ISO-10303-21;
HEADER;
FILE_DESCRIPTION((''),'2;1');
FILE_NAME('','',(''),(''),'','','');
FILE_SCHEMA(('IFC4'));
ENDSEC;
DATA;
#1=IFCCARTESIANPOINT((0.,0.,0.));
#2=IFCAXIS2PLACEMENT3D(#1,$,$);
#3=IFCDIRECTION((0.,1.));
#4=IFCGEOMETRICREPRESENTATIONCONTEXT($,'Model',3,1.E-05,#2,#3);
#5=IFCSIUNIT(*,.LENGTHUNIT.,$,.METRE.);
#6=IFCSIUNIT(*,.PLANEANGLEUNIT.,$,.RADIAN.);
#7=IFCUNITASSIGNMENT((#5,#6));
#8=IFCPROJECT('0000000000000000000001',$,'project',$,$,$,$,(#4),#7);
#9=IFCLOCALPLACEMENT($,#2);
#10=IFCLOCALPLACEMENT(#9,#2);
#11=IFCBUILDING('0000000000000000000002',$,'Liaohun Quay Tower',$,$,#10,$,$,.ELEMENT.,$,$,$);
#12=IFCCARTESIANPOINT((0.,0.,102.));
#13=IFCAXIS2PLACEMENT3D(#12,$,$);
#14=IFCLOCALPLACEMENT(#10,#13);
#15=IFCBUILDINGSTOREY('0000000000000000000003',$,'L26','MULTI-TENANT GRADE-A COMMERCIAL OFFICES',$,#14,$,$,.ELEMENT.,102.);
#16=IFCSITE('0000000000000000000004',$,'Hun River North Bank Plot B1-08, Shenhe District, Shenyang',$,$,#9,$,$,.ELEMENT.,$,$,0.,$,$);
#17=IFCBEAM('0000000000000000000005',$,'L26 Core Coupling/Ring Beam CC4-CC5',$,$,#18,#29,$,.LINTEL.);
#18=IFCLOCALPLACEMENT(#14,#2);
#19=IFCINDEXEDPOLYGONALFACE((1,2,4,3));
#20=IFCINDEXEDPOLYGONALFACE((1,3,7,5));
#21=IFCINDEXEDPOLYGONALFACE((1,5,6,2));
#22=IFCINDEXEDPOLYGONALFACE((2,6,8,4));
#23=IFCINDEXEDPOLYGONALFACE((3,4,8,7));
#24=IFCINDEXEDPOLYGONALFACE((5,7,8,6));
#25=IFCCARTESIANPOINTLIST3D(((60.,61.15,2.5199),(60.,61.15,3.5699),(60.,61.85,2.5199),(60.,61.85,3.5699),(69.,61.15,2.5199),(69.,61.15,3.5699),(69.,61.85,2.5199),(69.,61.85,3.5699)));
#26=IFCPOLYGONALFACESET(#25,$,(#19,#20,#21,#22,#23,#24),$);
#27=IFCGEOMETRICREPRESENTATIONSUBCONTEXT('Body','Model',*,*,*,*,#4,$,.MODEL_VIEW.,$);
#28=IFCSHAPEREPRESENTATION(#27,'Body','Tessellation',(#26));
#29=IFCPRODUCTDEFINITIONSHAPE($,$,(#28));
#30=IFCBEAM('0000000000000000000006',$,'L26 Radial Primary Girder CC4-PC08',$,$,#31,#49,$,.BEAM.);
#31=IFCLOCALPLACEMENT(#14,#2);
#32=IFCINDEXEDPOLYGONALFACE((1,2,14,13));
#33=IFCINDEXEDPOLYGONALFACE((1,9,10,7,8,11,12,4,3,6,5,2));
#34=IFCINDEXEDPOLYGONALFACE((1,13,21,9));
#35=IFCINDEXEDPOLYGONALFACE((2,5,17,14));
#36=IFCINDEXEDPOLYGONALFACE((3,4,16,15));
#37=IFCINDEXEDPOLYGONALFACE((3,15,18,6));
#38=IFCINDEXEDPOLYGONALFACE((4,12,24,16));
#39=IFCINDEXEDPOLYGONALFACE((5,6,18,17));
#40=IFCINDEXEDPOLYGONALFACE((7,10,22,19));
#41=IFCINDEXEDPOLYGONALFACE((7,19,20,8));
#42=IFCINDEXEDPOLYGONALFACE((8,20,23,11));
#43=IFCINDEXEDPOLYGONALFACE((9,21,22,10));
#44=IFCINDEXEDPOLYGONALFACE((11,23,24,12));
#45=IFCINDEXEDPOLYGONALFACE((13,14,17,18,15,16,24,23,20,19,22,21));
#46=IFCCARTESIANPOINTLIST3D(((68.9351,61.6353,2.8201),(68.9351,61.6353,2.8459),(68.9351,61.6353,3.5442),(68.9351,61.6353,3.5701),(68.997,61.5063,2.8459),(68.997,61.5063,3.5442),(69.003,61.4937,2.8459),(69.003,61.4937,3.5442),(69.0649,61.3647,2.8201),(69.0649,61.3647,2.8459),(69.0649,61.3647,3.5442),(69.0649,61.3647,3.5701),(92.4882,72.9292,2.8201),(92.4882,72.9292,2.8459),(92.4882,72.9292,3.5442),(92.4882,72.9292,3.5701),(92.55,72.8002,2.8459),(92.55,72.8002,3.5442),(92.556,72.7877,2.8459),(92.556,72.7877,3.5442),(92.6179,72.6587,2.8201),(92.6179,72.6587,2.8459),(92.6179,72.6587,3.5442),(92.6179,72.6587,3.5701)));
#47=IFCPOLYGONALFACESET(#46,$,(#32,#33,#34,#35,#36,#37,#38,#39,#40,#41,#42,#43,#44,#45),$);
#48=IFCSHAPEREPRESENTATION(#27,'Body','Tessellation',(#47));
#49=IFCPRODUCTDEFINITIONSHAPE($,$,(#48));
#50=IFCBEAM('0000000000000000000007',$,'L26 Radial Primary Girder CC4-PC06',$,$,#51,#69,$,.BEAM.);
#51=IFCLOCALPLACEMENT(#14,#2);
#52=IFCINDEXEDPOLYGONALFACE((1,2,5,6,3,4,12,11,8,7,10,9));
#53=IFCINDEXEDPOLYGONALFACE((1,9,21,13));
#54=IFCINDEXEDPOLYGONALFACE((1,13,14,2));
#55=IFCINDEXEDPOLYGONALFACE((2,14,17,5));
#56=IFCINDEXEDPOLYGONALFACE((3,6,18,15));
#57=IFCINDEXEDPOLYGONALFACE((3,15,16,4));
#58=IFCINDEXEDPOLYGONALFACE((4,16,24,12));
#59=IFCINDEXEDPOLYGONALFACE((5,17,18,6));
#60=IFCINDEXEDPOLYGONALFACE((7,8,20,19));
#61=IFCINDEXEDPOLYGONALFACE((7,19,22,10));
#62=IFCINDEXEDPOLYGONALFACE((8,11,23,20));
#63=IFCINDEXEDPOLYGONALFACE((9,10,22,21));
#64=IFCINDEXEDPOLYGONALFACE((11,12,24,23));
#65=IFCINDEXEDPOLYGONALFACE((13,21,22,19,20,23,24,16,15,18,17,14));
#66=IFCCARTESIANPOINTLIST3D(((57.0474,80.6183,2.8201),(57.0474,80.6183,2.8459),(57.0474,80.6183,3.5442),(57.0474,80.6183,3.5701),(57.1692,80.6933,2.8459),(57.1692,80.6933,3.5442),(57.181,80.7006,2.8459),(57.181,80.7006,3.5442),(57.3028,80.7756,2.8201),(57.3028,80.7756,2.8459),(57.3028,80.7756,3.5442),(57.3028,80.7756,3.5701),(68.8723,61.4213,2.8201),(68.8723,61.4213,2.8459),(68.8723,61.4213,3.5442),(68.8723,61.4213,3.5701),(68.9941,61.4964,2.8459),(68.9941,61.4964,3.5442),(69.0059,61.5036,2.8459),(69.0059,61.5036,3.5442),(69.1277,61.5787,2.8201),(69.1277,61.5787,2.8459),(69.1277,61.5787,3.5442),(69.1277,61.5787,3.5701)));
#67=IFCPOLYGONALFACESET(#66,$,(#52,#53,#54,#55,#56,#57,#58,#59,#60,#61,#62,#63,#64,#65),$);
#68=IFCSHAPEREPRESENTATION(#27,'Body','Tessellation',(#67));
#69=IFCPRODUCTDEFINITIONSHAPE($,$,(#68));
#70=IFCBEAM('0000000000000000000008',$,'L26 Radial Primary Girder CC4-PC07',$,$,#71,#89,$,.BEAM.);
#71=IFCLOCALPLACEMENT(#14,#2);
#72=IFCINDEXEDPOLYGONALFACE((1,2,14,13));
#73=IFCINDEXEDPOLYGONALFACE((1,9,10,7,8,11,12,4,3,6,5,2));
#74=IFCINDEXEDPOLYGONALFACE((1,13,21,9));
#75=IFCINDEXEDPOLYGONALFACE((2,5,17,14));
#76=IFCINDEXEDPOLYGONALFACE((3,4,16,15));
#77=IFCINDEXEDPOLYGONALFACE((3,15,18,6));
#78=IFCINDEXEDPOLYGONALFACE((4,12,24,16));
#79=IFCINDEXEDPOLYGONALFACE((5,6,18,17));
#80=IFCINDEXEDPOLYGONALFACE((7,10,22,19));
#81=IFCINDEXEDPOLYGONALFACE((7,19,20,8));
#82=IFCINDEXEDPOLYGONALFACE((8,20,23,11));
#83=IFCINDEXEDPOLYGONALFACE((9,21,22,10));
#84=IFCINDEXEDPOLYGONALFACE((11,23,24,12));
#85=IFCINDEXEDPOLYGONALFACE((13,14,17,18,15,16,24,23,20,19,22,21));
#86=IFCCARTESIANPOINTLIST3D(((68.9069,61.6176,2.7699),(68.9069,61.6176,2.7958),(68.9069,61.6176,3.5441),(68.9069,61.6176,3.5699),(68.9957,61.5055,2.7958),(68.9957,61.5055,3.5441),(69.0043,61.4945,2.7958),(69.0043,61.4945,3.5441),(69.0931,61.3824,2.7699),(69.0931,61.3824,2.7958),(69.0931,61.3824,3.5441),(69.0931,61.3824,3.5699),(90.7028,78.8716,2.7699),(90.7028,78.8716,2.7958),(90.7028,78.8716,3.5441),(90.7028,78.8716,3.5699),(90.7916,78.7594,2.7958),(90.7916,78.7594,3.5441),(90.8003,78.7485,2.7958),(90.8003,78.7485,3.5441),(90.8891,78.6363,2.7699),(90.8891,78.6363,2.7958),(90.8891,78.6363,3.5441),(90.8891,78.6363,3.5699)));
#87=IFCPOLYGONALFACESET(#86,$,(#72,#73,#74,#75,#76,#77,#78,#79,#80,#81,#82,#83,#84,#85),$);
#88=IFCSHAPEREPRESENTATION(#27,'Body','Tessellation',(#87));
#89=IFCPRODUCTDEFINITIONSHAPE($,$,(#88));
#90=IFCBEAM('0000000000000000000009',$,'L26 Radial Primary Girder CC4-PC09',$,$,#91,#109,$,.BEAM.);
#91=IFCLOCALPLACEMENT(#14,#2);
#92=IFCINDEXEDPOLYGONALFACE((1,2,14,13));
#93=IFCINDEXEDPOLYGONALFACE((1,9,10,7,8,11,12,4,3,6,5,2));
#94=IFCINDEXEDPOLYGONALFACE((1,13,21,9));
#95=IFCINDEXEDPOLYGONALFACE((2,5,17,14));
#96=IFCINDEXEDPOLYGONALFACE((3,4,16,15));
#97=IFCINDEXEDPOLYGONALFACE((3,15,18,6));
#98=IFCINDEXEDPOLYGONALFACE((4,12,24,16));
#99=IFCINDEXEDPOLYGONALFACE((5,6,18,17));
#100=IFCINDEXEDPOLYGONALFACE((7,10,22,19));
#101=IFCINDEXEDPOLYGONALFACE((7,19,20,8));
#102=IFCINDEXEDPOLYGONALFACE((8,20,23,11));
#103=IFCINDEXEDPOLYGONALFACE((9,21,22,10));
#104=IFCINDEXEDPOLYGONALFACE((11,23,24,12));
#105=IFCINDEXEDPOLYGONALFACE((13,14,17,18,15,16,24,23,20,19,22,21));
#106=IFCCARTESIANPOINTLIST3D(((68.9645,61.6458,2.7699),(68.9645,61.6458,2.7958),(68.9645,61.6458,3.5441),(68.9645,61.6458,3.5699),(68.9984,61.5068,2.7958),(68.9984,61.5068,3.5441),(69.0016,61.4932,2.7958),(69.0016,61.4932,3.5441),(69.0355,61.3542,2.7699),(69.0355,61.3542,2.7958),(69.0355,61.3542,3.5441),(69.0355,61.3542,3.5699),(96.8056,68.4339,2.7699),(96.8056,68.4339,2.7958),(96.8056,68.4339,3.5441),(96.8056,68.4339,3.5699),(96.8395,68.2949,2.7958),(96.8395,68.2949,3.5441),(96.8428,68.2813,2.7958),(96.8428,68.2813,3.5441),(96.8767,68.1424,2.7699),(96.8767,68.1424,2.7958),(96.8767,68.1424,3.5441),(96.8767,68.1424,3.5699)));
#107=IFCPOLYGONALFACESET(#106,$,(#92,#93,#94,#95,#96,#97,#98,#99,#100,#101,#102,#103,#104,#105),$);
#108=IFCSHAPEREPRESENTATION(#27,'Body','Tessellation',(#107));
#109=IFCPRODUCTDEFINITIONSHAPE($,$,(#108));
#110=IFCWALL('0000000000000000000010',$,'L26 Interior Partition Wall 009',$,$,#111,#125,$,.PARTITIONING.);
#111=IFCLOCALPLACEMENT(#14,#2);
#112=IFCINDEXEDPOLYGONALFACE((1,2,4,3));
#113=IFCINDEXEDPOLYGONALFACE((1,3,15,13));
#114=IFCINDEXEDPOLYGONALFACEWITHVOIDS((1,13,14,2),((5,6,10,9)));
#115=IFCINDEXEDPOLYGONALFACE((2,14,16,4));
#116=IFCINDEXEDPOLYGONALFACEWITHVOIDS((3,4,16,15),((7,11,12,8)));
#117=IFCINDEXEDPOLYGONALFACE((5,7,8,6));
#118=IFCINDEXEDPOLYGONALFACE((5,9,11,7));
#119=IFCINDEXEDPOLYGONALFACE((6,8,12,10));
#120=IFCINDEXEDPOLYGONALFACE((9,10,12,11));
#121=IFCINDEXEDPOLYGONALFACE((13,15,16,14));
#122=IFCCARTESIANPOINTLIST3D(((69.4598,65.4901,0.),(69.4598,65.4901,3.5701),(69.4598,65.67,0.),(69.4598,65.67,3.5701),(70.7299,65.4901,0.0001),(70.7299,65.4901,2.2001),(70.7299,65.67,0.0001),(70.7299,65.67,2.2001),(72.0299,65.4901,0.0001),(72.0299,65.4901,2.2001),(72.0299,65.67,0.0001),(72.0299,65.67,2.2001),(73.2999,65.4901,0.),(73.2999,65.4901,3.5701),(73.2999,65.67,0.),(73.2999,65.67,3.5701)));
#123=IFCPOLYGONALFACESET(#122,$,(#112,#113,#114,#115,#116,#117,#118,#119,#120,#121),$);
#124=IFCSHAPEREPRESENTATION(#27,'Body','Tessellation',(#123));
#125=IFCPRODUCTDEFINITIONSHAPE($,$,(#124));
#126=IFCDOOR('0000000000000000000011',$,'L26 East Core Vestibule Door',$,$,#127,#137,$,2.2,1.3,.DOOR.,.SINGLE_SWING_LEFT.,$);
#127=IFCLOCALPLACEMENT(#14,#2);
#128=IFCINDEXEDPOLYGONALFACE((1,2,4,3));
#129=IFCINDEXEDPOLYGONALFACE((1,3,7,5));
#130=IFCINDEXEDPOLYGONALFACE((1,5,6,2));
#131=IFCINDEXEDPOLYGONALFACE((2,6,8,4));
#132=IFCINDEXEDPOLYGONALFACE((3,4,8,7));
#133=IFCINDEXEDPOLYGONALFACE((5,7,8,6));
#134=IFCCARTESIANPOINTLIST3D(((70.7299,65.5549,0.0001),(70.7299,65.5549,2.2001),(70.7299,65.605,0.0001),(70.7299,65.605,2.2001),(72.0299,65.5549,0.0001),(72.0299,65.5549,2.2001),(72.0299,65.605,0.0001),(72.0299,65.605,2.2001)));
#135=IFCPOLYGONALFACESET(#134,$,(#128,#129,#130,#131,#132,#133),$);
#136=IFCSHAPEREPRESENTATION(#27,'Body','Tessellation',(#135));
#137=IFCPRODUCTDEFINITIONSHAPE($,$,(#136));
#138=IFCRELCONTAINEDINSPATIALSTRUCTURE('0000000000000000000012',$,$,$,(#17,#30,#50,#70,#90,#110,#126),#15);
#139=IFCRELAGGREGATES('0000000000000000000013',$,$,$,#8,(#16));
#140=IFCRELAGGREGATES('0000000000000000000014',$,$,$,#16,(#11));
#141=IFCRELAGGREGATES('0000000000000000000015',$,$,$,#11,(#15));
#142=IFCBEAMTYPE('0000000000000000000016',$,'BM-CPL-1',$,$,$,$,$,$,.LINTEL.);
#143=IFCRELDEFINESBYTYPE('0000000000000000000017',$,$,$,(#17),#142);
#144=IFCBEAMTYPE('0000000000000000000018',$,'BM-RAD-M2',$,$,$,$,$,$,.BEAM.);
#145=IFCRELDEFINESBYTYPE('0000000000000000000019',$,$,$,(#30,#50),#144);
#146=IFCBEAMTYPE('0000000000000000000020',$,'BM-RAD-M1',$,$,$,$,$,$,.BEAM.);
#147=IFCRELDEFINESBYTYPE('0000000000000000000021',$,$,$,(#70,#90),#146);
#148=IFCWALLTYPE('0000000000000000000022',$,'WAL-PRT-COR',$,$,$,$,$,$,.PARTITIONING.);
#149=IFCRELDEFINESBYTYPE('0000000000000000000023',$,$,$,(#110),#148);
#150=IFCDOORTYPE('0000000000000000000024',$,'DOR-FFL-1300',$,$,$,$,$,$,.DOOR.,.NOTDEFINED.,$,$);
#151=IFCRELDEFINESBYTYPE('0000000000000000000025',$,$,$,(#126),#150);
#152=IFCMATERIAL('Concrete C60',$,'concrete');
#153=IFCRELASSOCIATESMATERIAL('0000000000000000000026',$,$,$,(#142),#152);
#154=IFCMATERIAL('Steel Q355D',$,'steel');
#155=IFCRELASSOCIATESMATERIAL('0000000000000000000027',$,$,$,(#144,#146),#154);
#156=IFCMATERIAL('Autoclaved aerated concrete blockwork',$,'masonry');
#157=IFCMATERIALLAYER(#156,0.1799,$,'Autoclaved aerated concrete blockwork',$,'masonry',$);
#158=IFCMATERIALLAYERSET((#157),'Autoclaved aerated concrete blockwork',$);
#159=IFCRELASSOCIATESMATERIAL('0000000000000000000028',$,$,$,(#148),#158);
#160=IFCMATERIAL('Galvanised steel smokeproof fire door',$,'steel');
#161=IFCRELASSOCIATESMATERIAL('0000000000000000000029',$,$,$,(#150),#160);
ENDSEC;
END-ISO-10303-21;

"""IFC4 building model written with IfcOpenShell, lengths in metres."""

from ifc_helpers import new_model, si_unit, direction, frame, frame_2d, origin, origin_2d, place, context, subcontext, project, spatial, rectangle, i_section, extrude, source, transform, mapped, material, layer, layer_set, material_profile, profile_set, type_object, element, fill, save


model = new_model("IFC4")

# Units and contexts
model_context = context("Model", 3, precision=1e-05, world=origin(), true_north=direction((0.0, 1.0)))
body_context = subcontext(model_context, "Body", "Model", "MODEL_VIEW")
ifc_project = project(units=[si_unit("LENGTHUNIT", "METRE"), si_unit("PLANEANGLEUNIT", "RADIAN")], contexts=[model_context])

# Site, building, storey
site_placement = place(None, origin())
site = spatial("IfcSite", under=ifc_project, at=site_placement, Name="Hun River North Bank Plot B1-08, Shenhe District, Shenyang", CompositionType="ELEMENT", RefElevation=0.0)
building_placement = place(site_placement, origin())
building = spatial("IfcBuilding", under=site, at=building_placement, Name="Liaohun Quay Tower", CompositionType="ELEMENT")
storey_placement = place(building_placement, frame((0.0, 0.0, 102.0)))
storey = spatial("IfcBuildingStorey", under=building, at=storey_placement, Name="L26", Description="MULTI-TENANT GRADE-A COMMERCIAL OFFICES", CompositionType="ELEMENT", Elevation=102.0)

# Beams
ifc_material_1 = material(Name="Concrete C60", Category="concrete")
ifc_material_profile_1 = material_profile(ifc_material_1, rectangle(XDim=0.7, YDim=1.05, at=origin_2d()), Name="RC700x1050")
ifc_profile_set_1 = profile_set([ifc_material_profile_1], Name="Concrete C60")
beam_type_1 = type_object("IfcBeamType", Name="BM-CPL-1", PredefinedType="LINTEL", material=ifc_profile_set_1)
shared_shape_1 = source(origin(), body_context, "Body", "SweptSolid", [
    extrude(rectangle(XDim=0.7, YDim=1.05, at=origin_2d()), origin(), (0.0, 0.0, 1.0), 9.0),
])
beam_1_placement = place(storey_placement, frame((69.0, 61.5, 3.0449), z_axis=(-1.0, 0.0, 0.0), x_axis=(0.0, -1.0, 0.0)))
element("IfcBeam", 1, at=beam_1_placement, inside=storey, type_object=beam_type_1, Name="L26 Core Coupling/Ring Beam CC4-CC5", PredefinedType="LINTEL", context=body_context, shape_type="MappedRepresentation", body=[
    mapped(shared_shape_1, transform((0.0, 0.0, 0.0), x_axis=(1.0, 0.0, 0.0), y_axis=(0.0, 1.0, 0.0), z_axis=(0.0, 0.0, 1.0), scale=1.0)),
])
ifc_material_2 = material(Name="Steel Q355D", Category="steel")
ifc_material_profile_2 = material_profile(ifc_material_2, i_section(OverallWidth=0.3, OverallDepth=0.75, WebThickness=0.0139, FlangeThickness=0.0259, at=origin_2d()), Name="HN750x300x14x26")
ifc_profile_set_2 = profile_set([ifc_material_profile_2], Name="Steel Q355D")
beam_type_2 = type_object("IfcBeamType", Name="BM-RAD-M2", PredefinedType="BEAM", material=ifc_profile_set_2)
shared_shape_2 = source(origin(), body_context, "Body", "SweptSolid", [
    extrude(i_section(OverallWidth=0.3, OverallDepth=0.75, WebThickness=0.0139, FlangeThickness=0.0259, at=origin_2d()), origin(), (0.0, 0.0, 1.0), 26.1208),
])
beam_2_placement = place(storey_placement, frame((69.0, 61.5, 3.1951), z_axis=(0.901695, 0.432374, 0.0), x_axis=(-0.432374, 0.901695, 0.0)))
element("IfcBeam", 2, at=beam_2_placement, inside=storey, type_object=beam_type_2, Name="L26 Radial Primary Girder CC4-PC08", PredefinedType="BEAM", context=body_context, shape_type="MappedRepresentation", body=[
    mapped(shared_shape_2, transform((0.0, 0.0, 0.0), x_axis=(1.0, 0.0, 0.0), y_axis=(0.0, 1.0, 0.0), z_axis=(0.0, 0.0, 1.0), scale=1.0)),
])
shared_shape_3 = source(origin(), body_context, "Body", "SweptSolid", [
    extrude(i_section(OverallWidth=0.3, OverallDepth=0.75, WebThickness=0.0139, FlangeThickness=0.0259, at=origin_2d()), origin(), (0.0, 0.0, 1.0), 22.5466),
])
beam_3_placement = place(storey_placement, frame((69.0, 61.5, 3.1951), z_axis=(-0.524464, 0.851433, 0.0), x_axis=(-0.851433, -0.524464, 0.0)))
element("IfcBeam", 3, at=beam_3_placement, inside=storey, type_object=beam_type_2, Name="L26 Radial Primary Girder CC4-PC06", PredefinedType="BEAM", context=body_context, shape_type="MappedRepresentation", body=[
    mapped(shared_shape_3, transform((0.0, 0.0, 0.0), x_axis=(1.0, 0.0, 0.0), y_axis=(0.0, 1.0, 0.0), z_axis=(0.0, 0.0, 1.0), scale=1.0)),
])
ifc_material_profile_3 = material_profile(ifc_material_2, i_section(OverallWidth=0.3, OverallDepth=0.8, WebThickness=0.0139, FlangeThickness=0.0259, at=origin_2d()), Name="HN800x300x14x26")
ifc_profile_set_3 = profile_set([ifc_material_profile_3], Name="Steel Q355D")
beam_type_3 = type_object("IfcBeamType", Name="BM-RAD-M1", PredefinedType="BEAM", material=ifc_profile_set_3)
shared_shape_4 = source(origin(), body_context, "Body", "SweptSolid", [
    extrude(i_section(OverallWidth=0.3, OverallDepth=0.8, WebThickness=0.0139, FlangeThickness=0.0259, at=origin_2d()), origin(), (0.0, 0.0, 1.0), 27.7986),
])
beam_4_placement = place(storey_placement, frame((69.0, 61.5, 3.1699), z_axis=(0.784066, 0.620677, 0.0), x_axis=(-0.620677, 0.784066, 0.0)))
element("IfcBeam", 4, at=beam_4_placement, inside=storey, type_object=beam_type_3, Name="L26 Radial Primary Girder CC4-PC07", PredefinedType="BEAM", context=body_context, shape_type="MappedRepresentation", body=[
    mapped(shared_shape_4, transform((0.0, 0.0, 0.0), x_axis=(1.0, 0.0, 0.0), y_axis=(0.0, 1.0, 0.0), z_axis=(0.0, 0.0, 1.0), scale=1.0)),
])
shared_shape_5 = source(origin(), body_context, "Body", "SweptSolid", [
    extrude(i_section(OverallWidth=0.3, OverallDepth=0.8, WebThickness=0.0139, FlangeThickness=0.0259, at=origin_2d()), origin(), (0.0, 0.0, 1.0), 28.6567),
])
beam_5_placement = place(storey_placement, frame((69.0, 61.5, 3.1699), z_axis=(0.97154, 0.236877, 0.0), x_axis=(-0.236877, 0.97154, 0.0)))
element("IfcBeam", 5, at=beam_5_placement, inside=storey, type_object=beam_type_3, Name="L26 Radial Primary Girder CC4-PC09", PredefinedType="BEAM", context=body_context, shape_type="MappedRepresentation", body=[
    mapped(shared_shape_5, transform((0.0, 0.0, 0.0), x_axis=(1.0, 0.0, 0.0), y_axis=(0.0, 1.0, 0.0), z_axis=(0.0, 0.0, 1.0), scale=1.0)),
])

# Wall, opening, door
ifc_material_3 = material(Name="Autoclaved aerated concrete blockwork", Category="masonry")
ifc_layer_1 = layer(ifc_material_3, 0.1799, Name="Autoclaved aerated concrete blockwork", Category="masonry")
ifc_layer_set_1 = layer_set([ifc_layer_1], Name="Autoclaved aerated concrete blockwork")
wall_type_1 = type_object("IfcWallType", Name="WAL-PRT-COR", PredefinedType="PARTITIONING", material=ifc_layer_set_1)
wall_1_placement = place(storey_placement, frame((69.46, 65.5801, 0.0), z_axis=(0.0, 0.0, 1.0), x_axis=(1.0, 0.0, 0.0)))
wall_1 = element("IfcWall", 6, at=wall_1_placement, inside=storey, type_object=wall_type_1, Name="L26 Interior Partition Wall 009", PredefinedType="PARTITIONING", context=body_context, shape_type="SweptSolid", body=[
    extrude(rectangle(XDim=3.8401, YDim=0.1799, at=frame_2d((1.9199, 0.0))), origin(), (0.0, 0.0, 1.0), 3.5701),
])
shared_shape_6 = source(origin(), body_context, "Body", "SweptSolid", [
    extrude(rectangle(XDim=1.3, YDim=2.2, at=frame_2d((0.6499, 1.1001))), frame((0.0, 0.0999, 0.0), z_axis=(0.0, -1.0, 0.0), x_axis=(1.0, 0.0, 0.0)), (0.0, 0.0, 1.0), 0.2),
])
opening_1_placement = place(wall_1_placement, frame((1.27, 0.0, 0.0)))
opening_1 = element("IfcOpeningElement", 7, at=opening_1_placement, cuts=wall_1, PredefinedType="OPENING", context=body_context, shape_type="MappedRepresentation", body=[
    mapped(shared_shape_6, transform((0.0, 0.0, 0.0), x_axis=(1.0, 0.0, 0.0), y_axis=(0.0, 1.0, 0.0), z_axis=(0.0, 0.0, 1.0), scale=1.0)),
])
ifc_material_4 = material(Name="Galvanised steel smokeproof fire door", Category="steel")
door_type_1 = type_object("IfcDoorType", Name="DOR-FFL-1300", OperationType="NOTDEFINED", PredefinedType="DOOR", material=ifc_material_4)
shared_shape_7 = source(origin(), body_context, "Body", "SweptSolid", [
    extrude(rectangle(XDim=1.3, YDim=2.2, at=frame_2d((0.6499, 1.1001))), frame((0.0, 0.0249, 0.0), z_axis=(0.0, -1.0, 0.0), x_axis=(1.0, 0.0, 0.0)), (0.0, 0.0, 1.0), 0.05),
])
door_1_placement = place(opening_1_placement, origin())
door_1 = element("IfcDoor", 8, at=door_1_placement, inside=storey, type_object=door_type_1, Name="L26 East Core Vestibule Door", OperationType="SINGLE_SWING_LEFT", OverallHeight=2.2, OverallWidth=1.3, PredefinedType="DOOR", context=body_context, shape_type="MappedRepresentation", body=[
    mapped(shared_shape_7, transform((0.0, 0.0, 0.0), x_axis=(1.0, 0.0, 0.0), y_axis=(0.0, 1.0, 0.0), z_axis=(0.0, 0.0, 1.0), scale=1.0)),
])
fill(opening_1, door_1)

save(model, "model.ifc")
